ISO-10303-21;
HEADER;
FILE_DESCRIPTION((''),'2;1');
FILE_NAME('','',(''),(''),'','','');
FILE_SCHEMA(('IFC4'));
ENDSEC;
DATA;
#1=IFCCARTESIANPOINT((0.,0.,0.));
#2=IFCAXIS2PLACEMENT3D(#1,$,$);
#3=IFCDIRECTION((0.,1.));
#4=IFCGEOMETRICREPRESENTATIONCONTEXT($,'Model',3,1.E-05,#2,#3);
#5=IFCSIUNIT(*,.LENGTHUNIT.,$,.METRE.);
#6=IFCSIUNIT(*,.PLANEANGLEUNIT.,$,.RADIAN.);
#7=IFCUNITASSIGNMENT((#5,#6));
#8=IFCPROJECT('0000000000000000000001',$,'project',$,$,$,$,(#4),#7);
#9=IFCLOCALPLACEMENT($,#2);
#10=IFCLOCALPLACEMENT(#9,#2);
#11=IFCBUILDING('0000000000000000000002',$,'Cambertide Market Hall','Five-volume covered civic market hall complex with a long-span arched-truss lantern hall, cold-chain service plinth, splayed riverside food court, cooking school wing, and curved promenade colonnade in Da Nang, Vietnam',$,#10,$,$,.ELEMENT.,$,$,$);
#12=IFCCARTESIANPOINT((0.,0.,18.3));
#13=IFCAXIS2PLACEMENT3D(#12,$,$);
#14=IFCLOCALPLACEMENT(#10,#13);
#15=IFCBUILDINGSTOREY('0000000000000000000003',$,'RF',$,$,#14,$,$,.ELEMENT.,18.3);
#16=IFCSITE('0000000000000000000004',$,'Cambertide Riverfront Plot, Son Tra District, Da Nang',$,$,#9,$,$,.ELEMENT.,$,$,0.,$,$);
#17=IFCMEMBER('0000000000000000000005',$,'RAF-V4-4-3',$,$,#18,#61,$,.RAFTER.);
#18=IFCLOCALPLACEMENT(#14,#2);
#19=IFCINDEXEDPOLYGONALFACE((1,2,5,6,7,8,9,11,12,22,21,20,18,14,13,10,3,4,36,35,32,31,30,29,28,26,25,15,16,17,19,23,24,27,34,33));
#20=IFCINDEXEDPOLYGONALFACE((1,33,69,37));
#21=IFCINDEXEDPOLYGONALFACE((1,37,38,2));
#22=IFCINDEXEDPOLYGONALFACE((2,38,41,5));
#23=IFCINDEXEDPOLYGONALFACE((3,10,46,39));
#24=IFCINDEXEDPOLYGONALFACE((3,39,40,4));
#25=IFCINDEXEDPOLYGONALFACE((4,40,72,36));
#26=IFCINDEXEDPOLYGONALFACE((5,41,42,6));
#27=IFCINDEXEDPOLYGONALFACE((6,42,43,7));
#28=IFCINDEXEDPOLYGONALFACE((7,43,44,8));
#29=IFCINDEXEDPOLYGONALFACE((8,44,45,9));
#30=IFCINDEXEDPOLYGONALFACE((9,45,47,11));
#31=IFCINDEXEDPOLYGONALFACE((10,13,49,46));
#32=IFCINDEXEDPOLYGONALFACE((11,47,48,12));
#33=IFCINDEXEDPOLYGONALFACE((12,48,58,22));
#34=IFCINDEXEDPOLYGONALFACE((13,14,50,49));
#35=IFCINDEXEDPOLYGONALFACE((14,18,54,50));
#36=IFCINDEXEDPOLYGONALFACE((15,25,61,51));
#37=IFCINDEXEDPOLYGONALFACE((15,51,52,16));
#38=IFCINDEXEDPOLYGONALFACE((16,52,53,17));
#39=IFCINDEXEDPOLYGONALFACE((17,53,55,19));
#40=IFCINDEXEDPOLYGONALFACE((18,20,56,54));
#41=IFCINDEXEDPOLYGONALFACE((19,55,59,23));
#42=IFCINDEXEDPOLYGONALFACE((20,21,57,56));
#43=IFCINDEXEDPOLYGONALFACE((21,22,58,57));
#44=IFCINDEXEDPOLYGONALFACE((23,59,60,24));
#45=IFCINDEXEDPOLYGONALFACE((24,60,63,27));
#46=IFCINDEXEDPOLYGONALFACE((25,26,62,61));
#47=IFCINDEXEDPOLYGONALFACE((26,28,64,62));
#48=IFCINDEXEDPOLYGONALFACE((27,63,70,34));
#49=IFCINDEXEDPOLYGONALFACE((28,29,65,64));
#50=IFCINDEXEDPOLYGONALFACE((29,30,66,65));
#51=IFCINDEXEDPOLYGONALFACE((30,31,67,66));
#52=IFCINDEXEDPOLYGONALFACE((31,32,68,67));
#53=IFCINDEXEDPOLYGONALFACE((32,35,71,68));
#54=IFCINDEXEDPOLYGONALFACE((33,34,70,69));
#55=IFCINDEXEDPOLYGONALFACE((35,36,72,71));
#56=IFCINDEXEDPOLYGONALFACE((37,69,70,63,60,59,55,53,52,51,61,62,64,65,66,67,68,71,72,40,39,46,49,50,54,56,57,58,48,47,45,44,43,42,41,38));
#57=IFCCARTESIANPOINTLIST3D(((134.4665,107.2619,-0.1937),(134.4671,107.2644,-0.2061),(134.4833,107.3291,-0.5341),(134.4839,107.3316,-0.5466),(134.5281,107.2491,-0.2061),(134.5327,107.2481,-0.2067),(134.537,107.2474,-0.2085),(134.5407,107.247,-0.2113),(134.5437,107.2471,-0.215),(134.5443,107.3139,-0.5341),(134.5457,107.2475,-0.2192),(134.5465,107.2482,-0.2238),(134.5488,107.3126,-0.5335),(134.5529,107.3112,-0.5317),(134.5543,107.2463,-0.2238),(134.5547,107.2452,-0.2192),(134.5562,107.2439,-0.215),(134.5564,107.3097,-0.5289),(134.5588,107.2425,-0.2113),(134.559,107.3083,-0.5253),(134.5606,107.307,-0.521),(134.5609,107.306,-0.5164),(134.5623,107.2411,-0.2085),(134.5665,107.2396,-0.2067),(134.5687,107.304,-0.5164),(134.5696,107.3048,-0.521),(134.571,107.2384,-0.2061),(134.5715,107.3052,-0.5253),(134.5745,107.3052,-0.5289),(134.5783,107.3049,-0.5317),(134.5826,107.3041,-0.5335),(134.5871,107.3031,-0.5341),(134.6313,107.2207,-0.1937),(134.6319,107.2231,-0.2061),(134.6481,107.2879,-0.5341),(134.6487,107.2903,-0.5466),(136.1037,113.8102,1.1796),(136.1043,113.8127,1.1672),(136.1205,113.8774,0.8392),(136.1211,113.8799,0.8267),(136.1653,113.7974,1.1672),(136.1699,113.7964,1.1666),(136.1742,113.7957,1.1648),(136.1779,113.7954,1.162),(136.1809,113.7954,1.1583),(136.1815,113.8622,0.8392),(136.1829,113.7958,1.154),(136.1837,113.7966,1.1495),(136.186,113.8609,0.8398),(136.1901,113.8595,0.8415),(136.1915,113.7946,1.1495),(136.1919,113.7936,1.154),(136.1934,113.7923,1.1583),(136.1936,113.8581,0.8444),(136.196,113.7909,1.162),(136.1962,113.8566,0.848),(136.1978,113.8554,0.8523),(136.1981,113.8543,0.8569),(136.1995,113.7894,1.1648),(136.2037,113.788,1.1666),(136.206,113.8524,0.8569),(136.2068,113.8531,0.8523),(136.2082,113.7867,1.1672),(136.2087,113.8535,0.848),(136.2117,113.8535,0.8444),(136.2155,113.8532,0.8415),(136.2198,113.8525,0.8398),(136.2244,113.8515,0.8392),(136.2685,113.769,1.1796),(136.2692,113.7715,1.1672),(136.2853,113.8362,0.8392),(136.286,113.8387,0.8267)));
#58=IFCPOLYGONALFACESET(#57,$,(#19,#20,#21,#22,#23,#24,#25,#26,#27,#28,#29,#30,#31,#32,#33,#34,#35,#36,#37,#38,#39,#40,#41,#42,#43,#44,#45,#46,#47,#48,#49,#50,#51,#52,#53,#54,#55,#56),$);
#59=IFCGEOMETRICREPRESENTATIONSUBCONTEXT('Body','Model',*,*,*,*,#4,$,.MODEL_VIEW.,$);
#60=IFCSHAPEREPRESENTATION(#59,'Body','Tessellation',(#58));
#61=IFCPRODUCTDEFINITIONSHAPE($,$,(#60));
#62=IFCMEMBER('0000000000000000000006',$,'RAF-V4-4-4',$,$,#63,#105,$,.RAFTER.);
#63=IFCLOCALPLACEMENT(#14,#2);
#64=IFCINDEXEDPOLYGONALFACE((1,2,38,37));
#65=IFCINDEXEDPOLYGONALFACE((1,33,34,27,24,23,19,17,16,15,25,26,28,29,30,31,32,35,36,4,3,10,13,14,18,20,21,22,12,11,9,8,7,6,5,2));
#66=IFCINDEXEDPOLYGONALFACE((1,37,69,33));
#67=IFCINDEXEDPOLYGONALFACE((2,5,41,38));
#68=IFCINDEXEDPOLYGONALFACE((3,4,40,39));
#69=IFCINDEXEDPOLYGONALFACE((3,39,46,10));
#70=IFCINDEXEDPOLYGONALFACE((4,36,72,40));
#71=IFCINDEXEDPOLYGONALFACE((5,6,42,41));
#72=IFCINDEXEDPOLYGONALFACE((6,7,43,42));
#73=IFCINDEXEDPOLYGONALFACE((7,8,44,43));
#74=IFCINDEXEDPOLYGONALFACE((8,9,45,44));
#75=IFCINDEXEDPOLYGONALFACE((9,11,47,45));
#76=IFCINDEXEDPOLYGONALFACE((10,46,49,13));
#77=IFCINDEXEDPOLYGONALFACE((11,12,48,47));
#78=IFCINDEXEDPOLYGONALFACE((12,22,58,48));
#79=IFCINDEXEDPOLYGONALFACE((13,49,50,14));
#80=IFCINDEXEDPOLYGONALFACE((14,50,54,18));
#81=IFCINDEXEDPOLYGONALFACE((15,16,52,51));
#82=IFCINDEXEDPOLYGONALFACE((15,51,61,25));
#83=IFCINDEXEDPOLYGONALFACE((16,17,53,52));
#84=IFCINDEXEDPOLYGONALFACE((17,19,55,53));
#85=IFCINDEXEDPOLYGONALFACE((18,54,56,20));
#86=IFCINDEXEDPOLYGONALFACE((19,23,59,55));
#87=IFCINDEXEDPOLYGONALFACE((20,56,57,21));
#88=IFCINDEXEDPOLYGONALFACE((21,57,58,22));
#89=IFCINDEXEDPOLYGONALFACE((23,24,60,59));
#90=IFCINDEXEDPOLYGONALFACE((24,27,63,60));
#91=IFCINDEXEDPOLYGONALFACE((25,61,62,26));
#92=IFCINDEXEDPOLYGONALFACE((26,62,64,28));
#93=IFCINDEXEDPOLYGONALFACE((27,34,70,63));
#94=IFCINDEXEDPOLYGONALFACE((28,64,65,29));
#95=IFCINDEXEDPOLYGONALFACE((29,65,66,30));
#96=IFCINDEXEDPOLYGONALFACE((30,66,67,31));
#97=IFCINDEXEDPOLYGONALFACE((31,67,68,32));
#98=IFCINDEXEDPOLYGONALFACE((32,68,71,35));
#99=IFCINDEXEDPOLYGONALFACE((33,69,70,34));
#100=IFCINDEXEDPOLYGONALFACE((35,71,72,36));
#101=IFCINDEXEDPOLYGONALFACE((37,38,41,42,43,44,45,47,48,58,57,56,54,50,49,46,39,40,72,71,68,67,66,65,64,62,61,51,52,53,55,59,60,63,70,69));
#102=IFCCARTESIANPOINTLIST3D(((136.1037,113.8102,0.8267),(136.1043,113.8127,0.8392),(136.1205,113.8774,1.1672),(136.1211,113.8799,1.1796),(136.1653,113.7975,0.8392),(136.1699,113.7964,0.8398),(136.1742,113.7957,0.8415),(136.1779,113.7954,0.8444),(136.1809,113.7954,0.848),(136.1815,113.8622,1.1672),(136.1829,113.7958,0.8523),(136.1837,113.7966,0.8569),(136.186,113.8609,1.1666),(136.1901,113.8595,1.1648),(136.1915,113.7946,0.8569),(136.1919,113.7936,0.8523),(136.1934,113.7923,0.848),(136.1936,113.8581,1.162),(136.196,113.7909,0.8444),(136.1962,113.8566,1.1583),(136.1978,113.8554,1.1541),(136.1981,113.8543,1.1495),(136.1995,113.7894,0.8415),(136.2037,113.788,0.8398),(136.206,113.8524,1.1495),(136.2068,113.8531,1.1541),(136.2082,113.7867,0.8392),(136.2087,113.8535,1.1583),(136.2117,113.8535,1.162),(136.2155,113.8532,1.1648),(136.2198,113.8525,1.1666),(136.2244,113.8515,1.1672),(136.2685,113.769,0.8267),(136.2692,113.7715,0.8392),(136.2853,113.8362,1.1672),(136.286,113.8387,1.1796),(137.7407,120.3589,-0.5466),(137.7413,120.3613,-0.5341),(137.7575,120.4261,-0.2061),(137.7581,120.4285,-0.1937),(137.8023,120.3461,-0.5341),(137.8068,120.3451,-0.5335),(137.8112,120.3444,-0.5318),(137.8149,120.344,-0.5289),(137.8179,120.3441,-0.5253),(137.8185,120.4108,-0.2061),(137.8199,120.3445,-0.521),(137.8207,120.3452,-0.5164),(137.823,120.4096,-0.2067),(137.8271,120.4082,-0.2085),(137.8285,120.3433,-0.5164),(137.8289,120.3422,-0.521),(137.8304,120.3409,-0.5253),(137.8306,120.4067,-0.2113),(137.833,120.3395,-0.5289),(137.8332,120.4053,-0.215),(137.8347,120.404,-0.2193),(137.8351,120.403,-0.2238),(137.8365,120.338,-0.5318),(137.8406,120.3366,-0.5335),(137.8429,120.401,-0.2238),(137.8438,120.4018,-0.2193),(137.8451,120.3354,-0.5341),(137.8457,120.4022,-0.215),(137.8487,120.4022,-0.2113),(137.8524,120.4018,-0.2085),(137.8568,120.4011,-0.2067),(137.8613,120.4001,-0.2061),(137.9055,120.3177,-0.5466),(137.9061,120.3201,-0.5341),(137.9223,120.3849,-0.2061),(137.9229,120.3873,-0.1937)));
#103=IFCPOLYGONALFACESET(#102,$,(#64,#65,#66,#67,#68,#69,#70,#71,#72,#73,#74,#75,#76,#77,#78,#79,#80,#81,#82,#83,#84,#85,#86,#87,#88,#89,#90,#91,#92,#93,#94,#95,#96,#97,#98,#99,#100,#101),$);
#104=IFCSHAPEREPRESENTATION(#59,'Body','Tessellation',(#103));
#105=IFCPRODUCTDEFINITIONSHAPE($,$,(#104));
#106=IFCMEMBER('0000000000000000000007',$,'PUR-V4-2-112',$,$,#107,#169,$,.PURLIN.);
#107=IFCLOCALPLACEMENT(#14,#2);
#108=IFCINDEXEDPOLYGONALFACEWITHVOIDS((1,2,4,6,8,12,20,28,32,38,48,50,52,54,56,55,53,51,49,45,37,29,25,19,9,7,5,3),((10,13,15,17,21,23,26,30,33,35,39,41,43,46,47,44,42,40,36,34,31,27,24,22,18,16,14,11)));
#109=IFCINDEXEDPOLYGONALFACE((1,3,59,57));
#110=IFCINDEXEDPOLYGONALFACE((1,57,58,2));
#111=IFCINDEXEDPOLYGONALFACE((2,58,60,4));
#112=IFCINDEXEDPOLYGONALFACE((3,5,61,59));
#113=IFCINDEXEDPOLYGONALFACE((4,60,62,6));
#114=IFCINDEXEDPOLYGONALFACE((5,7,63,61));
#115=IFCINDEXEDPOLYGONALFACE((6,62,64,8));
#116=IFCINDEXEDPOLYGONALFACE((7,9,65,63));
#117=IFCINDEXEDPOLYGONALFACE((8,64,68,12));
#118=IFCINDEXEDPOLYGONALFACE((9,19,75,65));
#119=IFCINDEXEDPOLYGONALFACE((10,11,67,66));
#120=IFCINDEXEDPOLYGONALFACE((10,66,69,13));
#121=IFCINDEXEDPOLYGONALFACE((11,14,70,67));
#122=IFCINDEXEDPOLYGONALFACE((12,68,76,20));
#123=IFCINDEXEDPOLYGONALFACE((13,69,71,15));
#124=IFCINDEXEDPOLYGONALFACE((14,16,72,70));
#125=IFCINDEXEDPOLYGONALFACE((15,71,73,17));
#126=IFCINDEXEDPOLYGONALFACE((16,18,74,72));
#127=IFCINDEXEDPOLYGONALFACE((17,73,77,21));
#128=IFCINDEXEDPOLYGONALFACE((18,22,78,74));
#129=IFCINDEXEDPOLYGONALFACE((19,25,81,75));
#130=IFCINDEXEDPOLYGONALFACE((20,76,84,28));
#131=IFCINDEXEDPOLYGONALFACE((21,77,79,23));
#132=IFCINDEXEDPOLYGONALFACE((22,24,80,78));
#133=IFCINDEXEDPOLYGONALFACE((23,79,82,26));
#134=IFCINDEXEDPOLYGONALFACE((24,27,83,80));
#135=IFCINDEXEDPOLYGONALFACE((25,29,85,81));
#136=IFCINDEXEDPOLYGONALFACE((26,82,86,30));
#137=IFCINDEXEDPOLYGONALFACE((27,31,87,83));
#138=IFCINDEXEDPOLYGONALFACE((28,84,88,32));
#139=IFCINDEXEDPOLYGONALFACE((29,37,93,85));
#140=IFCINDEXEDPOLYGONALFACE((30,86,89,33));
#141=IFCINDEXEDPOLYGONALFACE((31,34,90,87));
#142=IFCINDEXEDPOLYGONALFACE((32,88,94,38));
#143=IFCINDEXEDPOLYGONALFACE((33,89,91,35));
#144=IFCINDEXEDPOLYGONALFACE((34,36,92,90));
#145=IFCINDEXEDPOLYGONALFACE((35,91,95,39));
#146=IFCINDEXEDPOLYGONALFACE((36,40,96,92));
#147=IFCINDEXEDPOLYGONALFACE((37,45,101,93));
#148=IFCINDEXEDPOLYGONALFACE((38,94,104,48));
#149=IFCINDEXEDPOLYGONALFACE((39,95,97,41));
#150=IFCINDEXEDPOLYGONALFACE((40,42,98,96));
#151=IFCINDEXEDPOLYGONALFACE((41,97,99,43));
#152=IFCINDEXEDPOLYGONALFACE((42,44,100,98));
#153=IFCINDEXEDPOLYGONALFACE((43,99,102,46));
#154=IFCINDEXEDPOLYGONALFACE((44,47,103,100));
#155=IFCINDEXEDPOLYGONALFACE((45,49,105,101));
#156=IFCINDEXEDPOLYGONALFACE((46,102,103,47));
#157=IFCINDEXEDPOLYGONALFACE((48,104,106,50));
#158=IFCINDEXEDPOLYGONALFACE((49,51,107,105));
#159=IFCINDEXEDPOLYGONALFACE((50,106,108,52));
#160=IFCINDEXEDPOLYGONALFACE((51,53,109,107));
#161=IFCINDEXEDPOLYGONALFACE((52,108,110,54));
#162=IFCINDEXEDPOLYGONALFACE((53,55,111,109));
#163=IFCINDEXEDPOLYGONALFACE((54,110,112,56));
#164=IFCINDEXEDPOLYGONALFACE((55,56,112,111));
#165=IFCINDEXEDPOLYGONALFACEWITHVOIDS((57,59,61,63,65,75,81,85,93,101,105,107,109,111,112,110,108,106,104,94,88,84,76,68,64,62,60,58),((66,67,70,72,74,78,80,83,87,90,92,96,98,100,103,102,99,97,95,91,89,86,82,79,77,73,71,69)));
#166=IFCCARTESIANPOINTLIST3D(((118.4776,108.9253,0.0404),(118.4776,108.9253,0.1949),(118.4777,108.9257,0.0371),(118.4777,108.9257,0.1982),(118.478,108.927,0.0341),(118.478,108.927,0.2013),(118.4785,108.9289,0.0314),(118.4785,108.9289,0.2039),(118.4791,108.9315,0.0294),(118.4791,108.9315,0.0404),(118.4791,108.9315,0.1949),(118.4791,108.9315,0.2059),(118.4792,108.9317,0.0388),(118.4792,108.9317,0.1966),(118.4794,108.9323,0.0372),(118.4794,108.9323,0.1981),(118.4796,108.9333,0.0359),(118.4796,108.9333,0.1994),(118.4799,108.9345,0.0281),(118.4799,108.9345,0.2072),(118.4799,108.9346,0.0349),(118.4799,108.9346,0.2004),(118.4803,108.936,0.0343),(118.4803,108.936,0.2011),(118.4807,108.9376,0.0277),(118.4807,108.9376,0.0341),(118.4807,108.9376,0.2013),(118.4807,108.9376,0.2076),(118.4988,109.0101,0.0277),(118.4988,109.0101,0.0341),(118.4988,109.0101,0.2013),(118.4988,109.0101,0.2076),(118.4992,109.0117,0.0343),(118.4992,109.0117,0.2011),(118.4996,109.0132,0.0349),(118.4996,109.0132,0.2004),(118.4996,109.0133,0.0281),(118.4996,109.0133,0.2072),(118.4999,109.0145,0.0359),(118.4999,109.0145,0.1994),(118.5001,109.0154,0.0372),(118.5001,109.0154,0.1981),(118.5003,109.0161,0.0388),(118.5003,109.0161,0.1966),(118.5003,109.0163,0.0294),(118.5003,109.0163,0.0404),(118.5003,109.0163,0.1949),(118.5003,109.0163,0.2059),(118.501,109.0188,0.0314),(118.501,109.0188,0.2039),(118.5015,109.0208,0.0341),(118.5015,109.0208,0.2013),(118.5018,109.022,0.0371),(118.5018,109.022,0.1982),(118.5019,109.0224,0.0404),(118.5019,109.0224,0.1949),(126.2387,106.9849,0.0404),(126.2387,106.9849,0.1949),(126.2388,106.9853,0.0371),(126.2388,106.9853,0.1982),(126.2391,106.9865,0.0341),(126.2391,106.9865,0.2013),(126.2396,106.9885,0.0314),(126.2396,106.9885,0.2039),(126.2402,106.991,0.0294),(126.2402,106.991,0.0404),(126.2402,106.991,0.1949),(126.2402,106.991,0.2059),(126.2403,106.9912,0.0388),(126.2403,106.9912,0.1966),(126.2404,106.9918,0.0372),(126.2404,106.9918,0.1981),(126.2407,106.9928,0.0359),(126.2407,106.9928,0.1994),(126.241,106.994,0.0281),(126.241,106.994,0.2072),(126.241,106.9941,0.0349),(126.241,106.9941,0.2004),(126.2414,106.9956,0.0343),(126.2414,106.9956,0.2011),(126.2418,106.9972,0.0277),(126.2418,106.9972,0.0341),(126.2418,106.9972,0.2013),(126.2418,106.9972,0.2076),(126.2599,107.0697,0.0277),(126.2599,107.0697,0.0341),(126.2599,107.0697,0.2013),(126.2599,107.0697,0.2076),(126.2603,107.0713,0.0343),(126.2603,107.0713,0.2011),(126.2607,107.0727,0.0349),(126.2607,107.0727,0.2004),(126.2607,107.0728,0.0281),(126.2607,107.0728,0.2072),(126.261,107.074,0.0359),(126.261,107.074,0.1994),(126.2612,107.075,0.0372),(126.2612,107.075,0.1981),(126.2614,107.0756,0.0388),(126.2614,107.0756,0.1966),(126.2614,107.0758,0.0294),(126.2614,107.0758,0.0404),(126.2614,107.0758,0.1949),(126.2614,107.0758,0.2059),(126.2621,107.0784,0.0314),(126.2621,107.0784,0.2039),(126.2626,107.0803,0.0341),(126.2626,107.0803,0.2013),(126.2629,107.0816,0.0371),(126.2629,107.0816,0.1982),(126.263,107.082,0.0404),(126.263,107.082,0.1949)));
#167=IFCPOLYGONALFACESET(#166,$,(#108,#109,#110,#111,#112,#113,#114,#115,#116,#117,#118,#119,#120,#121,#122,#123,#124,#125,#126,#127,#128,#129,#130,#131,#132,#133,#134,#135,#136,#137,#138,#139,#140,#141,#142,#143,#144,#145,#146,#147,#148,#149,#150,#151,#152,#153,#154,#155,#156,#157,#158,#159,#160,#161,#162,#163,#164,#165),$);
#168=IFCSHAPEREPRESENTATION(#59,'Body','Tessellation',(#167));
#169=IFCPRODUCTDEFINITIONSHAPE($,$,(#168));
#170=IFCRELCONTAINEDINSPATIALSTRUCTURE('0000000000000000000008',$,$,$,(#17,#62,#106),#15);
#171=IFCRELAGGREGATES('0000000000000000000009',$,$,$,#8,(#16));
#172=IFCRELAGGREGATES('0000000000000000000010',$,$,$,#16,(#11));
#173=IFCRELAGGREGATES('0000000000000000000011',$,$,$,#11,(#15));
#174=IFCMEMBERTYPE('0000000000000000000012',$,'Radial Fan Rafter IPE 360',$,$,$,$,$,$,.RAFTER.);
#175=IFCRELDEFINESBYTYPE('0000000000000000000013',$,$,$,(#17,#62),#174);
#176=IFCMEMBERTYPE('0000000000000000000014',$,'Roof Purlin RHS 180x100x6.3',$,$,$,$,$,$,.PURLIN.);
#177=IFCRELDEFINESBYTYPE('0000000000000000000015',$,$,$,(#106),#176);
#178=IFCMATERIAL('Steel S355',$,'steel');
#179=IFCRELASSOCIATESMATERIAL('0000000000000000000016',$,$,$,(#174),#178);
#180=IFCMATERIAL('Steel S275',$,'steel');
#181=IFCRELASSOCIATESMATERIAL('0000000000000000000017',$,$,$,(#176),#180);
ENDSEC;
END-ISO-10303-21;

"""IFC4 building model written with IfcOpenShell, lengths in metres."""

from ifc_helpers import new_model, si_unit, direction, frame, origin, origin_2d, place, context, subcontext, project, spatial, hollow_rectangle, i_section, extrude, material, material_profile, profile_set, type_object, element, save


model = new_model("IFC4")

# Units and contexts
model_context = context("Model", 3, precision=1e-05, world=origin(), true_north=direction((0.0, 1.0)))
body_context = subcontext(model_context, "Body", "Model", "MODEL_VIEW")
ifc_project = project(units=[si_unit("LENGTHUNIT", "METRE"), si_unit("PLANEANGLEUNIT", "RADIAN")], contexts=[model_context])

# Site, building, storey
site_placement = place(None, origin())
site = spatial("IfcSite", under=ifc_project, at=site_placement, Name="Cambertide Riverfront Plot, Son Tra District, Da Nang", CompositionType="ELEMENT", RefElevation=0.0)
building_placement = place(site_placement, origin())
building = spatial("IfcBuilding", under=site, at=building_placement, Name="Cambertide Market Hall", Description="Five-volume covered civic market hall complex with a long-span arched-truss lantern hall, cold-chain service plinth, splayed riverside food court, cooking school wing, and curved promenade colonnade in Da Nang, Vietnam", CompositionType="ELEMENT")
storey_placement = place(building_placement, frame((0.0, 0.0, 18.3)))
storey = spatial("IfcBuildingStorey", under=building, at=storey_placement, Name="RF", CompositionType="ELEMENT", Elevation=18.3)

# Members
ifc_material_1 = material(Name="Steel S355", Category="steel")
ifc_material_profile_1 = material_profile(ifc_material_1, i_section(OverallWidth=0.1699, OverallDepth=0.3601, WebThickness=0.0081, FlangeThickness=0.0127, FilletRadius=0.0181, at=origin_2d()), Name="IPE 360")
ifc_profile_set_1 = profile_set([ifc_material_profile_1], Name="Steel S355")
member_type_1 = type_object("IfcMemberType", Name="Radial Fan Rafter IPE 360", PredefinedType="RAFTER", material=ifc_profile_set_1)
for number, where, z_axis, x_axis, name in (
    (1, (134.5576, 107.2761, -0.3701), (0.237683, 0.950662, 0.199369), (-0.970138, 0.242553, 0.0), "RAF-V4-4-3"),
):
    element("IfcMember", number, at=place(storey_placement, frame(where, z_axis=z_axis, x_axis=x_axis)), inside=storey, type_object=member_type_1, Name=name, PredefinedType="RAFTER", context=body_context, shape_type="SweptSolid", body=[
        extrude(i_section(OverallWidth=0.1699, OverallDepth=0.3601, WebThickness=0.0081, FlangeThickness=0.0127, FilletRadius=0.0181, at=origin_2d()), origin(), (0.0, 0.0, 1.0), 6.8882),
    ])
member_1_placement = place(storey_placement, frame((136.1948, 113.8245, 1.0032), z_axis=(0.237642, 0.950674, -0.199364), x_axis=(-0.970149, 0.24251, 0.0)))
element("IfcMember", 2, at=member_1_placement, inside=storey, type_object=member_type_1, Name="RAF-V4-4-4", PredefinedType="RAFTER", context=body_context, shape_type="SweptSolid", body=[
    extrude(i_section(OverallWidth=0.1699, OverallDepth=0.3601, WebThickness=0.0081, FlangeThickness=0.0127, FilletRadius=0.0181, at=origin_2d()), origin(), (0.0, 0.0, 1.0), 6.8884),
])
ifc_material_2 = material(Name="Steel S275", Category="steel")
ifc_material_profile_2 = material_profile(ifc_material_2, hollow_rectangle(XDim=0.1001, YDim=0.1799, WallThickness=0.0063, InnerFilletRadius=0.0063, OuterFilletRadius=0.0127, at=origin_2d()), Name="RHS 180x100x6.3")
ifc_profile_set_2 = profile_set([ifc_material_profile_2], Name="Steel S275")
member_type_2 = type_object("IfcMemberType", Name="Roof Purlin RHS 180x100x6.3", PredefinedType="PURLIN", material=ifc_profile_set_2)
for number, where, z_axis, x_axis, name in (
    (3, (118.4897, 108.9739, 0.1177), (0.970137, -0.242557, 0.0), (0.242557, 0.970137, 0.0), "PUR-V4-2-112"),
):
    element("IfcMember", number, at=place(storey_placement, frame(where, z_axis=z_axis, x_axis=x_axis)), inside=storey, type_object=member_type_2, Name=name, PredefinedType="PURLIN", context=body_context, shape_type="SweptSolid", body=[
        extrude(hollow_rectangle(XDim=0.1001, YDim=0.1799, WallThickness=0.0063, InnerFilletRadius=0.0063, OuterFilletRadius=0.0127, at=origin_2d()), origin(), (0.0, 0.0, 1.0), 8.0),
    ])

save(model, "model.ifc")
